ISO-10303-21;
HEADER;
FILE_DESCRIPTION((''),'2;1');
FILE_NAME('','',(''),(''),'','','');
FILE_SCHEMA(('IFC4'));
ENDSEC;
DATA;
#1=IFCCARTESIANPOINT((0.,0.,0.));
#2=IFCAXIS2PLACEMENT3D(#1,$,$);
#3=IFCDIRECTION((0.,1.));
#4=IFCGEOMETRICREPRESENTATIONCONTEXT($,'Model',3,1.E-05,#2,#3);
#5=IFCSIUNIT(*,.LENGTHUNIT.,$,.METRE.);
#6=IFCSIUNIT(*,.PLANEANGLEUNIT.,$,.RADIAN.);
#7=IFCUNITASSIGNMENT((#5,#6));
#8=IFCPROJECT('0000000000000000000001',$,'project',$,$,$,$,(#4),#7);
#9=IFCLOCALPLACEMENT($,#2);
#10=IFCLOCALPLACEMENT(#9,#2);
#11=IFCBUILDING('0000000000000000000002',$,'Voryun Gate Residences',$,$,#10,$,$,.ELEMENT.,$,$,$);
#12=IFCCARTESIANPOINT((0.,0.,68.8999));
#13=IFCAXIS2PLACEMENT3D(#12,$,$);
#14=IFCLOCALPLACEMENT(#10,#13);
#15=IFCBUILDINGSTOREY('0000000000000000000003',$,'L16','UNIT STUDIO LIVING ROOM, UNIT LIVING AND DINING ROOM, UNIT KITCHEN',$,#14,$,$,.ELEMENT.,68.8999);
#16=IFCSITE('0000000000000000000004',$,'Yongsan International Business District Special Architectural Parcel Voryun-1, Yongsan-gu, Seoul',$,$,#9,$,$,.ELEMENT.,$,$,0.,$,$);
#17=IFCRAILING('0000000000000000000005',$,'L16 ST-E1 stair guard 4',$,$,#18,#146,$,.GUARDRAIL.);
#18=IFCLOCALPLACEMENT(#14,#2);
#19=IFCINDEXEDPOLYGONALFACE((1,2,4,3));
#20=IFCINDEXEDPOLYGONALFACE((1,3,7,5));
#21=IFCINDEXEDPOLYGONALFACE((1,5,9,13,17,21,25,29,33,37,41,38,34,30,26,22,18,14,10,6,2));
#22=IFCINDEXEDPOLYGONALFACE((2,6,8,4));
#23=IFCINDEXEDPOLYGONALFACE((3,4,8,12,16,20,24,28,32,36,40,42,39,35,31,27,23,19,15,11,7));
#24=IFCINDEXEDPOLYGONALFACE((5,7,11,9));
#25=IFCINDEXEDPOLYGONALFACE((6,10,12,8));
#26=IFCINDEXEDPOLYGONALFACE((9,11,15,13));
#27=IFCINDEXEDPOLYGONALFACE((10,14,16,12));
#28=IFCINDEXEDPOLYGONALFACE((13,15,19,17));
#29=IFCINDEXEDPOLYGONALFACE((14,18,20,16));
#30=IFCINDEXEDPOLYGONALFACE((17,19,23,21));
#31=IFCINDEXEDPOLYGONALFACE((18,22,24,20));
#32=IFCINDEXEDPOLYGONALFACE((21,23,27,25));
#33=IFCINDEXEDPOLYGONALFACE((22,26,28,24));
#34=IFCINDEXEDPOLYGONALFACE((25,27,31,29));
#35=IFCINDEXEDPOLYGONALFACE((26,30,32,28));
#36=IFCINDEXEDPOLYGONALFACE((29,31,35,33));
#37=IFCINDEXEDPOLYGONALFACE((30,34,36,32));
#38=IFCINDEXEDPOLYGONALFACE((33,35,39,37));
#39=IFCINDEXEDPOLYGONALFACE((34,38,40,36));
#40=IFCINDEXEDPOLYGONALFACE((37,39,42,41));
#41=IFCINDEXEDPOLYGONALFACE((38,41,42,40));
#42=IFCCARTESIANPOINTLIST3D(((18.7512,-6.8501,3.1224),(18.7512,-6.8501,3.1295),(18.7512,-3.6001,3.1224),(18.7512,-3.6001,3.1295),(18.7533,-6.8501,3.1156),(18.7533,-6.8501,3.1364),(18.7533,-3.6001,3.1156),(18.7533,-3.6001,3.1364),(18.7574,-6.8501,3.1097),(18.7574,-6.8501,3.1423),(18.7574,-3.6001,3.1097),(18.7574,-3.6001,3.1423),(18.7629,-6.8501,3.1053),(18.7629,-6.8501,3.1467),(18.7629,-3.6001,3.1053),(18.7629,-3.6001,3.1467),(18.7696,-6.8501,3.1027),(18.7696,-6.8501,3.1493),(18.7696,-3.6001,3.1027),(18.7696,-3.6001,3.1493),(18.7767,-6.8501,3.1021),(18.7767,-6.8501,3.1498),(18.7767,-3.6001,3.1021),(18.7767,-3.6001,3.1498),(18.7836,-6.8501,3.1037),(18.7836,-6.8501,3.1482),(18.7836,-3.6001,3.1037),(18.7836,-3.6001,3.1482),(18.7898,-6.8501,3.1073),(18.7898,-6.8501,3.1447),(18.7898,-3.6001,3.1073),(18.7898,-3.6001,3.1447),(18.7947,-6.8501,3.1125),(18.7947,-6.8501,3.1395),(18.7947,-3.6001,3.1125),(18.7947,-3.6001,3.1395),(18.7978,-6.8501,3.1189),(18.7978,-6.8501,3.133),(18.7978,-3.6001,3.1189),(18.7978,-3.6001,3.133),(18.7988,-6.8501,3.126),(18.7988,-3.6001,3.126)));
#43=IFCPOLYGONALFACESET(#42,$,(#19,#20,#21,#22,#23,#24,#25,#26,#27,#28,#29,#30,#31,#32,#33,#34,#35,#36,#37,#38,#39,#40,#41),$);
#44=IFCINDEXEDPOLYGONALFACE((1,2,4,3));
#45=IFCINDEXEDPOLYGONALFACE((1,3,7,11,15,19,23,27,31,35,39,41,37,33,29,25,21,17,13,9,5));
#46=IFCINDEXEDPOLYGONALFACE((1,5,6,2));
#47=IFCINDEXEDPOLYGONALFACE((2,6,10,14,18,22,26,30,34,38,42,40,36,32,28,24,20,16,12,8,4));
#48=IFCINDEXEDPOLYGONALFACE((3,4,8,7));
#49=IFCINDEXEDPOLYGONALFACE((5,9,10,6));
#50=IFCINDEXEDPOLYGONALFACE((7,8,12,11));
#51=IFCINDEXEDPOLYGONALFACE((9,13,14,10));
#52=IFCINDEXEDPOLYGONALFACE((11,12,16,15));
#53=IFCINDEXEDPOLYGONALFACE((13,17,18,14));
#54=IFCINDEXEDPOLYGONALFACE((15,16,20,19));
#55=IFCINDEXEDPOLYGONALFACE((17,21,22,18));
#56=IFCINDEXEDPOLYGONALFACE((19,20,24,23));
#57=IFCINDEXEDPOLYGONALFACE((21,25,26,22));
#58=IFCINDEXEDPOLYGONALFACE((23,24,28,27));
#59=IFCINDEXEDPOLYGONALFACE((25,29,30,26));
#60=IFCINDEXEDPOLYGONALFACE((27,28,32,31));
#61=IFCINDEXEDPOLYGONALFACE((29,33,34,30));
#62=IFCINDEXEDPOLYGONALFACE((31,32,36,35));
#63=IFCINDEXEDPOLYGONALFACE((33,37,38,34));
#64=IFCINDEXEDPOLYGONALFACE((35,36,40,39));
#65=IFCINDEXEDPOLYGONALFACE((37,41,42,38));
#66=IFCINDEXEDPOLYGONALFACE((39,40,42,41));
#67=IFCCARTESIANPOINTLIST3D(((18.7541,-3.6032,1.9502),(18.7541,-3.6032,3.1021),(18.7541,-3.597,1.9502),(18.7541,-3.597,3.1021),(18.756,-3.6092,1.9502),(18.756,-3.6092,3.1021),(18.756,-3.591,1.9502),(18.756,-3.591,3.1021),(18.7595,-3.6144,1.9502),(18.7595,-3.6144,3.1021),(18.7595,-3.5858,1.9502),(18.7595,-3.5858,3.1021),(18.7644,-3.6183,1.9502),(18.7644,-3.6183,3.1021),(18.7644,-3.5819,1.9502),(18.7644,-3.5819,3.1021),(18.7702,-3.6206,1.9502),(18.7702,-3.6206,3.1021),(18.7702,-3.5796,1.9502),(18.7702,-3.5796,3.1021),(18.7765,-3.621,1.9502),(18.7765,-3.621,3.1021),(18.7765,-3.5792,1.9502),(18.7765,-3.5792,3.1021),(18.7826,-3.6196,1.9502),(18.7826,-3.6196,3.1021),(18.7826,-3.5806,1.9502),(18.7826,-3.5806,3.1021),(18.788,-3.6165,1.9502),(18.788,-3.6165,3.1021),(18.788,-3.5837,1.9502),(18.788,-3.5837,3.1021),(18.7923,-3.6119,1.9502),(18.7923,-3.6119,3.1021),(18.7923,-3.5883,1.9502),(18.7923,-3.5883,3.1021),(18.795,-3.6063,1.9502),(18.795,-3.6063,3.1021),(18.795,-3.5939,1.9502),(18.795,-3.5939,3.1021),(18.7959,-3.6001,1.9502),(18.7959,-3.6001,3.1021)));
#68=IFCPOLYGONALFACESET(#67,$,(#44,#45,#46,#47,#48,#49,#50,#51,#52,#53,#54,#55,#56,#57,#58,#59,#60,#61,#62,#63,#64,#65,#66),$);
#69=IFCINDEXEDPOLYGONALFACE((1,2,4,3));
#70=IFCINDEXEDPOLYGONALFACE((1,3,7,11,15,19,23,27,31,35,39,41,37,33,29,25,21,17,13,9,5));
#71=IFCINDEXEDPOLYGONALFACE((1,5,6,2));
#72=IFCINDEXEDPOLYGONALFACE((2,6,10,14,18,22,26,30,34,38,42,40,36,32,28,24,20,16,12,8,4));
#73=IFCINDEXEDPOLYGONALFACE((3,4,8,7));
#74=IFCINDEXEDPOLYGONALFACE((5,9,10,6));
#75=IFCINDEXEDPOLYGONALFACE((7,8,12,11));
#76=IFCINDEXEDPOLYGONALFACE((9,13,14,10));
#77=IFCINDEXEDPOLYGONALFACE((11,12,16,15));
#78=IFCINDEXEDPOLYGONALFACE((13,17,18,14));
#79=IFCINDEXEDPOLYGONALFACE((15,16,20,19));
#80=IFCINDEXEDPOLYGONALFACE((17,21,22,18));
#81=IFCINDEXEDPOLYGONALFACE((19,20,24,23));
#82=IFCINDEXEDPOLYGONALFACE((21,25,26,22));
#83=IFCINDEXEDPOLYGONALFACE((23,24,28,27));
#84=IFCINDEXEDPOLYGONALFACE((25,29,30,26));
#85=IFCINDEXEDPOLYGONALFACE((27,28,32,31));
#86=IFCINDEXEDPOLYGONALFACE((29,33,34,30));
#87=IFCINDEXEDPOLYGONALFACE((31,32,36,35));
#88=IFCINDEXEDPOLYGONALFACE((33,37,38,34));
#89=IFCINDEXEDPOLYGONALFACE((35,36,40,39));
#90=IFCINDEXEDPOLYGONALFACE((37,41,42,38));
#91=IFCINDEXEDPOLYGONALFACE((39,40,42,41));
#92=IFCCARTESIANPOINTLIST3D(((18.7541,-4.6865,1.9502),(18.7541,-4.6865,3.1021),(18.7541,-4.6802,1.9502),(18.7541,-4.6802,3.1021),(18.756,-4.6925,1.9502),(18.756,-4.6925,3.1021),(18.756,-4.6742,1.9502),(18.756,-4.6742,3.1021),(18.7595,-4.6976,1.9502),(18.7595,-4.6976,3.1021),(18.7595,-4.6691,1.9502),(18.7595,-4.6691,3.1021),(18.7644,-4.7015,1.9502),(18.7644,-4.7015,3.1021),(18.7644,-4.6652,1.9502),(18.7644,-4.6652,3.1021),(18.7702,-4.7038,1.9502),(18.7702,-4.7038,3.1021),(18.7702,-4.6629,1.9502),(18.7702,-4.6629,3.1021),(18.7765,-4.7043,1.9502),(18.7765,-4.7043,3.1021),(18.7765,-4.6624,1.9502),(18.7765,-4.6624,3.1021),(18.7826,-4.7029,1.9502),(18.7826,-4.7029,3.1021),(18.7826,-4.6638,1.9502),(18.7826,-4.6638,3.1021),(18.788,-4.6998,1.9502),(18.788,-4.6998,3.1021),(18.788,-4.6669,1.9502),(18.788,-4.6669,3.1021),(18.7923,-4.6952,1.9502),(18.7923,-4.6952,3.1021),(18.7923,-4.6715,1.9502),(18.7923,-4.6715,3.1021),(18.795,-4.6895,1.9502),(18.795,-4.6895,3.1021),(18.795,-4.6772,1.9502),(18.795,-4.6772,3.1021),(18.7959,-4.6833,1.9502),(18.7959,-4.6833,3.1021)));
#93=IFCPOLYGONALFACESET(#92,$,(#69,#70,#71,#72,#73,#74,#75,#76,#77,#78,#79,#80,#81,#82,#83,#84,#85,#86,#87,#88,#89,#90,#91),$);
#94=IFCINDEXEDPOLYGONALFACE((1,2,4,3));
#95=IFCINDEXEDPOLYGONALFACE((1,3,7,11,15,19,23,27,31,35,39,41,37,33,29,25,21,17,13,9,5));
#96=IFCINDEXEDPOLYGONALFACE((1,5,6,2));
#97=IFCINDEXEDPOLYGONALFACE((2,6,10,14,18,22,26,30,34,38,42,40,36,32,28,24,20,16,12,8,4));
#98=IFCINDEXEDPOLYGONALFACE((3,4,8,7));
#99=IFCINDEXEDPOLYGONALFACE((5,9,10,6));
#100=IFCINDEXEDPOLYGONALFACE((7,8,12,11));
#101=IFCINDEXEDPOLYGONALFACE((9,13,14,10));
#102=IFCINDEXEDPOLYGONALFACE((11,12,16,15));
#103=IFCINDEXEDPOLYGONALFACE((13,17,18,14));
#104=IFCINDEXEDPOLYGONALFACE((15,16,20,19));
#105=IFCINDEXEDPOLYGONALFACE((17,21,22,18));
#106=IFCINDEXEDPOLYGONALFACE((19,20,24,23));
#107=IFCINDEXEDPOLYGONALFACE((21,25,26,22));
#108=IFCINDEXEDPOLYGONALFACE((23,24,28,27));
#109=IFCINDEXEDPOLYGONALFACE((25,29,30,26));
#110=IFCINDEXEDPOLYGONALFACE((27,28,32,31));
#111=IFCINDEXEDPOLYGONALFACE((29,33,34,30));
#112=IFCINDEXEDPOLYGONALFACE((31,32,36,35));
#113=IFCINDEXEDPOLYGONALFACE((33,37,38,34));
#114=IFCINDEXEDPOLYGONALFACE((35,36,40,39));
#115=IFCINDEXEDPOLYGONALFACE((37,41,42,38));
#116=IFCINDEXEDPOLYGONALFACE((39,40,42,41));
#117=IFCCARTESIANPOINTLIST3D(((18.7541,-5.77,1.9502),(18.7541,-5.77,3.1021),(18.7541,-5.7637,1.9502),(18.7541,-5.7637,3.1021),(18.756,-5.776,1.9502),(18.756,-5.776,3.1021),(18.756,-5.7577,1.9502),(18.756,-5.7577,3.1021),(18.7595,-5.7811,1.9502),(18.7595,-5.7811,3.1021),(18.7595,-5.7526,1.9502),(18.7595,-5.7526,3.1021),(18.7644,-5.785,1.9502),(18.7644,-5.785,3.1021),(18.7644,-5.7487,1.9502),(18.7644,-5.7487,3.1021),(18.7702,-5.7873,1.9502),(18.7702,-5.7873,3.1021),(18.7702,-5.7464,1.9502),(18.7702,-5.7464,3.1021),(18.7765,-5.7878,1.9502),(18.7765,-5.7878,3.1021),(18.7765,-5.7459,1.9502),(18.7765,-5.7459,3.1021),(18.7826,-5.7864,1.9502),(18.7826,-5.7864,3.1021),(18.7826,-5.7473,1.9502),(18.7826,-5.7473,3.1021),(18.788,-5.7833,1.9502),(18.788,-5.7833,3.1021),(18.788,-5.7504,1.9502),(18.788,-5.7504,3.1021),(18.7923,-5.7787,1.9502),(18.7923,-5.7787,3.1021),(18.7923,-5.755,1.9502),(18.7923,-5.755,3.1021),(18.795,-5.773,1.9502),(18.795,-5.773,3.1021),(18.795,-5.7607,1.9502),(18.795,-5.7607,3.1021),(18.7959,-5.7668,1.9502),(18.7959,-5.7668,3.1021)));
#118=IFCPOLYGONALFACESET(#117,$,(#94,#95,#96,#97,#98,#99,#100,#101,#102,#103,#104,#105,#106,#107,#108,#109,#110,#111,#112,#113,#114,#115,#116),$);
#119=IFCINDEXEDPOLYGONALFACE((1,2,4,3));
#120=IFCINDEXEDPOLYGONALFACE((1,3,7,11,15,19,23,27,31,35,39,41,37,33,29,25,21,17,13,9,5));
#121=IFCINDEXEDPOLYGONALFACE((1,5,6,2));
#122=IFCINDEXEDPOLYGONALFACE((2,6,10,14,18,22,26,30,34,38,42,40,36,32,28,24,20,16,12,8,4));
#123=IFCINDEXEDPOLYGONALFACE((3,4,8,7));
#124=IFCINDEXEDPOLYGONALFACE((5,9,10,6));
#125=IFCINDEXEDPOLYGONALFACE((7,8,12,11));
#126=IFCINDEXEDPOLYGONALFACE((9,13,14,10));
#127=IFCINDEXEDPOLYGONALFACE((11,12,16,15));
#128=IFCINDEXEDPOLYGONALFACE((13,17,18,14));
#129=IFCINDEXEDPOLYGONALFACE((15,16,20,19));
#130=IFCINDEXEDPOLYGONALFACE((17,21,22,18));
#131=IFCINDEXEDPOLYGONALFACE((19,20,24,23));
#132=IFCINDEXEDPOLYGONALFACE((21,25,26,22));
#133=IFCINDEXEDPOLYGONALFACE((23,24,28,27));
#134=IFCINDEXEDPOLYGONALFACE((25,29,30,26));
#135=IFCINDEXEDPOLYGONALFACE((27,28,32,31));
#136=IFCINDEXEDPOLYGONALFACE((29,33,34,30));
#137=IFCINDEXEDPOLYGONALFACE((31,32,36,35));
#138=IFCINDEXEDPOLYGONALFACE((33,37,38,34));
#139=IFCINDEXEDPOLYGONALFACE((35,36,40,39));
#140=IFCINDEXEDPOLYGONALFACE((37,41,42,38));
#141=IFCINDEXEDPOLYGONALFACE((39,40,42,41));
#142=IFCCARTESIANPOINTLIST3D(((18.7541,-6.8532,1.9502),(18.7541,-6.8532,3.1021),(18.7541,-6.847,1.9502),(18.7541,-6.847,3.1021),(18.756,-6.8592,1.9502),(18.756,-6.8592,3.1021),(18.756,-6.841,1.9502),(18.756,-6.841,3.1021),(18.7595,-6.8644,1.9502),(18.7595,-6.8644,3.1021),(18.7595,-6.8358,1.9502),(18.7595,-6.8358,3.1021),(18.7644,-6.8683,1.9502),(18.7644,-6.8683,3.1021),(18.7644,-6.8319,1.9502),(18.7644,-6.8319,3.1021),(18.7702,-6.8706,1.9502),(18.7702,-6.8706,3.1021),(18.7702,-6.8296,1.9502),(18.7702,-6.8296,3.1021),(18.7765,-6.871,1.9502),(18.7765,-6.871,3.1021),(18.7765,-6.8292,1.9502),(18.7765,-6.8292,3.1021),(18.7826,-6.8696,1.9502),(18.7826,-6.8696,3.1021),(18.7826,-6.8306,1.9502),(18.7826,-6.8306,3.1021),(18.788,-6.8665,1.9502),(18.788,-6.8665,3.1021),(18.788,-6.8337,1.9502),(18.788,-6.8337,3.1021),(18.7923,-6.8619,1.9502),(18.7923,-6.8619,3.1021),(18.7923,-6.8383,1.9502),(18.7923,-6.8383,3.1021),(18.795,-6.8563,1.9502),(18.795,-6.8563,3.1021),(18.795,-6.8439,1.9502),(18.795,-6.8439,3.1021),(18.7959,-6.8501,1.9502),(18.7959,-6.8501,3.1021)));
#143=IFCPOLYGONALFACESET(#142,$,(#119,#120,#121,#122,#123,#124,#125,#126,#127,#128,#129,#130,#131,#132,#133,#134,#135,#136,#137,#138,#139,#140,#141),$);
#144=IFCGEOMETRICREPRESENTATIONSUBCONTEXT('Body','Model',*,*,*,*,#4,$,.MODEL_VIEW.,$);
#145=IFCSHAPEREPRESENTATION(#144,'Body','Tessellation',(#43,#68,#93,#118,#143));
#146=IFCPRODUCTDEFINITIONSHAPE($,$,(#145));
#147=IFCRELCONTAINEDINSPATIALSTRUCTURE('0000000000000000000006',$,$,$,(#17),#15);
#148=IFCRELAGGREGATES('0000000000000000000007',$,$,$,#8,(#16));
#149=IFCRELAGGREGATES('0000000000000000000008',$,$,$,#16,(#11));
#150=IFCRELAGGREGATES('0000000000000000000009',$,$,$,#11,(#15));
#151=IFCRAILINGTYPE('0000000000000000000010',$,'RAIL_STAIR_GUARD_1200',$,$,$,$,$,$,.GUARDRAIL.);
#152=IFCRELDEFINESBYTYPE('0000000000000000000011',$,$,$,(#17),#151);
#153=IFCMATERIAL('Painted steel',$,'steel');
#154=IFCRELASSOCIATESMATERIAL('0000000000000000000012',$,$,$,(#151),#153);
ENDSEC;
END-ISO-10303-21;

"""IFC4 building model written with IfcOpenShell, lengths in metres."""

from ifc_helpers import new_model, si_unit, direction, frame, origin, origin_2d, place, context, subcontext, project, spatial, circle, extrude, material, type_object, element, save


model = new_model("IFC4")

# Units and contexts
model_context = context("Model", 3, precision=1e-05, world=origin(), true_north=direction((0.0, 1.0)))
body_context = subcontext(model_context, "Body", "Model", "MODEL_VIEW")
ifc_project = project(units=[si_unit("LENGTHUNIT", "METRE"), si_unit("PLANEANGLEUNIT", "RADIAN")], contexts=[model_context])

# Site, building, storey
site_placement = place(None, origin())
site = spatial("IfcSite", under=ifc_project, at=site_placement, Name="Yongsan International Business District Special Architectural Parcel Voryun-1, Yongsan-gu, Seoul", CompositionType="ELEMENT", RefElevation=0.0)
building_placement = place(site_placement, origin())
building = spatial("IfcBuilding", under=site, at=building_placement, Name="Voryun Gate Residences", CompositionType="ELEMENT")
storey_placement = place(building_placement, frame((0.0, 0.0, 68.8999)))
storey = spatial("IfcBuildingStorey", under=building, at=storey_placement, Name="L16", Description="UNIT STUDIO LIVING ROOM, UNIT LIVING AND DINING ROOM, UNIT KITCHEN", CompositionType="ELEMENT", Elevation=68.8999)

# Railing
ifc_material_1 = material(Name="Painted steel", Category="steel")
railing_type_1 = type_object("IfcRailingType", Name="RAIL_STAIR_GUARD_1200", PredefinedType="GUARDRAIL", material=ifc_material_1)
for number, where, name in (
    (1, (18.7749, -3.6001, 1.9502), "L16 ST-E1 stair guard 4"),
):
    element("IfcRailing", number, at=place(storey_placement, frame(where)), inside=storey, type_object=railing_type_1, Name=name, PredefinedType="GUARDRAIL", context=body_context, shape_type="SweptSolid", body=[
        extrude(circle(Radius=0.0239, at=origin_2d()), frame((0.0, 0.0, 1.1758), z_axis=(0.0, -1.0, 0.0), x_axis=(1.0, 0.0, 0.0)), (0.0, 0.0, 1.0), 3.25),
        extrude(circle(Radius=0.021, at=origin_2d()), origin(), (0.0, 0.0, 1.0), 1.1519),
        extrude(circle(Radius=0.021, at=origin_2d()), frame((0.0, -1.0833, 0.0)), (0.0, 0.0, 1.0), 1.1519),
        extrude(circle(Radius=0.021, at=origin_2d()), frame((0.0, -2.1667, 0.0)), (0.0, 0.0, 1.0), 1.1519),
        extrude(circle(Radius=0.021, at=origin_2d()), frame((0.0, -3.25, 0.0)), (0.0, 0.0, 1.0), 1.1519),
    ])

save(model, "model.ifc")
